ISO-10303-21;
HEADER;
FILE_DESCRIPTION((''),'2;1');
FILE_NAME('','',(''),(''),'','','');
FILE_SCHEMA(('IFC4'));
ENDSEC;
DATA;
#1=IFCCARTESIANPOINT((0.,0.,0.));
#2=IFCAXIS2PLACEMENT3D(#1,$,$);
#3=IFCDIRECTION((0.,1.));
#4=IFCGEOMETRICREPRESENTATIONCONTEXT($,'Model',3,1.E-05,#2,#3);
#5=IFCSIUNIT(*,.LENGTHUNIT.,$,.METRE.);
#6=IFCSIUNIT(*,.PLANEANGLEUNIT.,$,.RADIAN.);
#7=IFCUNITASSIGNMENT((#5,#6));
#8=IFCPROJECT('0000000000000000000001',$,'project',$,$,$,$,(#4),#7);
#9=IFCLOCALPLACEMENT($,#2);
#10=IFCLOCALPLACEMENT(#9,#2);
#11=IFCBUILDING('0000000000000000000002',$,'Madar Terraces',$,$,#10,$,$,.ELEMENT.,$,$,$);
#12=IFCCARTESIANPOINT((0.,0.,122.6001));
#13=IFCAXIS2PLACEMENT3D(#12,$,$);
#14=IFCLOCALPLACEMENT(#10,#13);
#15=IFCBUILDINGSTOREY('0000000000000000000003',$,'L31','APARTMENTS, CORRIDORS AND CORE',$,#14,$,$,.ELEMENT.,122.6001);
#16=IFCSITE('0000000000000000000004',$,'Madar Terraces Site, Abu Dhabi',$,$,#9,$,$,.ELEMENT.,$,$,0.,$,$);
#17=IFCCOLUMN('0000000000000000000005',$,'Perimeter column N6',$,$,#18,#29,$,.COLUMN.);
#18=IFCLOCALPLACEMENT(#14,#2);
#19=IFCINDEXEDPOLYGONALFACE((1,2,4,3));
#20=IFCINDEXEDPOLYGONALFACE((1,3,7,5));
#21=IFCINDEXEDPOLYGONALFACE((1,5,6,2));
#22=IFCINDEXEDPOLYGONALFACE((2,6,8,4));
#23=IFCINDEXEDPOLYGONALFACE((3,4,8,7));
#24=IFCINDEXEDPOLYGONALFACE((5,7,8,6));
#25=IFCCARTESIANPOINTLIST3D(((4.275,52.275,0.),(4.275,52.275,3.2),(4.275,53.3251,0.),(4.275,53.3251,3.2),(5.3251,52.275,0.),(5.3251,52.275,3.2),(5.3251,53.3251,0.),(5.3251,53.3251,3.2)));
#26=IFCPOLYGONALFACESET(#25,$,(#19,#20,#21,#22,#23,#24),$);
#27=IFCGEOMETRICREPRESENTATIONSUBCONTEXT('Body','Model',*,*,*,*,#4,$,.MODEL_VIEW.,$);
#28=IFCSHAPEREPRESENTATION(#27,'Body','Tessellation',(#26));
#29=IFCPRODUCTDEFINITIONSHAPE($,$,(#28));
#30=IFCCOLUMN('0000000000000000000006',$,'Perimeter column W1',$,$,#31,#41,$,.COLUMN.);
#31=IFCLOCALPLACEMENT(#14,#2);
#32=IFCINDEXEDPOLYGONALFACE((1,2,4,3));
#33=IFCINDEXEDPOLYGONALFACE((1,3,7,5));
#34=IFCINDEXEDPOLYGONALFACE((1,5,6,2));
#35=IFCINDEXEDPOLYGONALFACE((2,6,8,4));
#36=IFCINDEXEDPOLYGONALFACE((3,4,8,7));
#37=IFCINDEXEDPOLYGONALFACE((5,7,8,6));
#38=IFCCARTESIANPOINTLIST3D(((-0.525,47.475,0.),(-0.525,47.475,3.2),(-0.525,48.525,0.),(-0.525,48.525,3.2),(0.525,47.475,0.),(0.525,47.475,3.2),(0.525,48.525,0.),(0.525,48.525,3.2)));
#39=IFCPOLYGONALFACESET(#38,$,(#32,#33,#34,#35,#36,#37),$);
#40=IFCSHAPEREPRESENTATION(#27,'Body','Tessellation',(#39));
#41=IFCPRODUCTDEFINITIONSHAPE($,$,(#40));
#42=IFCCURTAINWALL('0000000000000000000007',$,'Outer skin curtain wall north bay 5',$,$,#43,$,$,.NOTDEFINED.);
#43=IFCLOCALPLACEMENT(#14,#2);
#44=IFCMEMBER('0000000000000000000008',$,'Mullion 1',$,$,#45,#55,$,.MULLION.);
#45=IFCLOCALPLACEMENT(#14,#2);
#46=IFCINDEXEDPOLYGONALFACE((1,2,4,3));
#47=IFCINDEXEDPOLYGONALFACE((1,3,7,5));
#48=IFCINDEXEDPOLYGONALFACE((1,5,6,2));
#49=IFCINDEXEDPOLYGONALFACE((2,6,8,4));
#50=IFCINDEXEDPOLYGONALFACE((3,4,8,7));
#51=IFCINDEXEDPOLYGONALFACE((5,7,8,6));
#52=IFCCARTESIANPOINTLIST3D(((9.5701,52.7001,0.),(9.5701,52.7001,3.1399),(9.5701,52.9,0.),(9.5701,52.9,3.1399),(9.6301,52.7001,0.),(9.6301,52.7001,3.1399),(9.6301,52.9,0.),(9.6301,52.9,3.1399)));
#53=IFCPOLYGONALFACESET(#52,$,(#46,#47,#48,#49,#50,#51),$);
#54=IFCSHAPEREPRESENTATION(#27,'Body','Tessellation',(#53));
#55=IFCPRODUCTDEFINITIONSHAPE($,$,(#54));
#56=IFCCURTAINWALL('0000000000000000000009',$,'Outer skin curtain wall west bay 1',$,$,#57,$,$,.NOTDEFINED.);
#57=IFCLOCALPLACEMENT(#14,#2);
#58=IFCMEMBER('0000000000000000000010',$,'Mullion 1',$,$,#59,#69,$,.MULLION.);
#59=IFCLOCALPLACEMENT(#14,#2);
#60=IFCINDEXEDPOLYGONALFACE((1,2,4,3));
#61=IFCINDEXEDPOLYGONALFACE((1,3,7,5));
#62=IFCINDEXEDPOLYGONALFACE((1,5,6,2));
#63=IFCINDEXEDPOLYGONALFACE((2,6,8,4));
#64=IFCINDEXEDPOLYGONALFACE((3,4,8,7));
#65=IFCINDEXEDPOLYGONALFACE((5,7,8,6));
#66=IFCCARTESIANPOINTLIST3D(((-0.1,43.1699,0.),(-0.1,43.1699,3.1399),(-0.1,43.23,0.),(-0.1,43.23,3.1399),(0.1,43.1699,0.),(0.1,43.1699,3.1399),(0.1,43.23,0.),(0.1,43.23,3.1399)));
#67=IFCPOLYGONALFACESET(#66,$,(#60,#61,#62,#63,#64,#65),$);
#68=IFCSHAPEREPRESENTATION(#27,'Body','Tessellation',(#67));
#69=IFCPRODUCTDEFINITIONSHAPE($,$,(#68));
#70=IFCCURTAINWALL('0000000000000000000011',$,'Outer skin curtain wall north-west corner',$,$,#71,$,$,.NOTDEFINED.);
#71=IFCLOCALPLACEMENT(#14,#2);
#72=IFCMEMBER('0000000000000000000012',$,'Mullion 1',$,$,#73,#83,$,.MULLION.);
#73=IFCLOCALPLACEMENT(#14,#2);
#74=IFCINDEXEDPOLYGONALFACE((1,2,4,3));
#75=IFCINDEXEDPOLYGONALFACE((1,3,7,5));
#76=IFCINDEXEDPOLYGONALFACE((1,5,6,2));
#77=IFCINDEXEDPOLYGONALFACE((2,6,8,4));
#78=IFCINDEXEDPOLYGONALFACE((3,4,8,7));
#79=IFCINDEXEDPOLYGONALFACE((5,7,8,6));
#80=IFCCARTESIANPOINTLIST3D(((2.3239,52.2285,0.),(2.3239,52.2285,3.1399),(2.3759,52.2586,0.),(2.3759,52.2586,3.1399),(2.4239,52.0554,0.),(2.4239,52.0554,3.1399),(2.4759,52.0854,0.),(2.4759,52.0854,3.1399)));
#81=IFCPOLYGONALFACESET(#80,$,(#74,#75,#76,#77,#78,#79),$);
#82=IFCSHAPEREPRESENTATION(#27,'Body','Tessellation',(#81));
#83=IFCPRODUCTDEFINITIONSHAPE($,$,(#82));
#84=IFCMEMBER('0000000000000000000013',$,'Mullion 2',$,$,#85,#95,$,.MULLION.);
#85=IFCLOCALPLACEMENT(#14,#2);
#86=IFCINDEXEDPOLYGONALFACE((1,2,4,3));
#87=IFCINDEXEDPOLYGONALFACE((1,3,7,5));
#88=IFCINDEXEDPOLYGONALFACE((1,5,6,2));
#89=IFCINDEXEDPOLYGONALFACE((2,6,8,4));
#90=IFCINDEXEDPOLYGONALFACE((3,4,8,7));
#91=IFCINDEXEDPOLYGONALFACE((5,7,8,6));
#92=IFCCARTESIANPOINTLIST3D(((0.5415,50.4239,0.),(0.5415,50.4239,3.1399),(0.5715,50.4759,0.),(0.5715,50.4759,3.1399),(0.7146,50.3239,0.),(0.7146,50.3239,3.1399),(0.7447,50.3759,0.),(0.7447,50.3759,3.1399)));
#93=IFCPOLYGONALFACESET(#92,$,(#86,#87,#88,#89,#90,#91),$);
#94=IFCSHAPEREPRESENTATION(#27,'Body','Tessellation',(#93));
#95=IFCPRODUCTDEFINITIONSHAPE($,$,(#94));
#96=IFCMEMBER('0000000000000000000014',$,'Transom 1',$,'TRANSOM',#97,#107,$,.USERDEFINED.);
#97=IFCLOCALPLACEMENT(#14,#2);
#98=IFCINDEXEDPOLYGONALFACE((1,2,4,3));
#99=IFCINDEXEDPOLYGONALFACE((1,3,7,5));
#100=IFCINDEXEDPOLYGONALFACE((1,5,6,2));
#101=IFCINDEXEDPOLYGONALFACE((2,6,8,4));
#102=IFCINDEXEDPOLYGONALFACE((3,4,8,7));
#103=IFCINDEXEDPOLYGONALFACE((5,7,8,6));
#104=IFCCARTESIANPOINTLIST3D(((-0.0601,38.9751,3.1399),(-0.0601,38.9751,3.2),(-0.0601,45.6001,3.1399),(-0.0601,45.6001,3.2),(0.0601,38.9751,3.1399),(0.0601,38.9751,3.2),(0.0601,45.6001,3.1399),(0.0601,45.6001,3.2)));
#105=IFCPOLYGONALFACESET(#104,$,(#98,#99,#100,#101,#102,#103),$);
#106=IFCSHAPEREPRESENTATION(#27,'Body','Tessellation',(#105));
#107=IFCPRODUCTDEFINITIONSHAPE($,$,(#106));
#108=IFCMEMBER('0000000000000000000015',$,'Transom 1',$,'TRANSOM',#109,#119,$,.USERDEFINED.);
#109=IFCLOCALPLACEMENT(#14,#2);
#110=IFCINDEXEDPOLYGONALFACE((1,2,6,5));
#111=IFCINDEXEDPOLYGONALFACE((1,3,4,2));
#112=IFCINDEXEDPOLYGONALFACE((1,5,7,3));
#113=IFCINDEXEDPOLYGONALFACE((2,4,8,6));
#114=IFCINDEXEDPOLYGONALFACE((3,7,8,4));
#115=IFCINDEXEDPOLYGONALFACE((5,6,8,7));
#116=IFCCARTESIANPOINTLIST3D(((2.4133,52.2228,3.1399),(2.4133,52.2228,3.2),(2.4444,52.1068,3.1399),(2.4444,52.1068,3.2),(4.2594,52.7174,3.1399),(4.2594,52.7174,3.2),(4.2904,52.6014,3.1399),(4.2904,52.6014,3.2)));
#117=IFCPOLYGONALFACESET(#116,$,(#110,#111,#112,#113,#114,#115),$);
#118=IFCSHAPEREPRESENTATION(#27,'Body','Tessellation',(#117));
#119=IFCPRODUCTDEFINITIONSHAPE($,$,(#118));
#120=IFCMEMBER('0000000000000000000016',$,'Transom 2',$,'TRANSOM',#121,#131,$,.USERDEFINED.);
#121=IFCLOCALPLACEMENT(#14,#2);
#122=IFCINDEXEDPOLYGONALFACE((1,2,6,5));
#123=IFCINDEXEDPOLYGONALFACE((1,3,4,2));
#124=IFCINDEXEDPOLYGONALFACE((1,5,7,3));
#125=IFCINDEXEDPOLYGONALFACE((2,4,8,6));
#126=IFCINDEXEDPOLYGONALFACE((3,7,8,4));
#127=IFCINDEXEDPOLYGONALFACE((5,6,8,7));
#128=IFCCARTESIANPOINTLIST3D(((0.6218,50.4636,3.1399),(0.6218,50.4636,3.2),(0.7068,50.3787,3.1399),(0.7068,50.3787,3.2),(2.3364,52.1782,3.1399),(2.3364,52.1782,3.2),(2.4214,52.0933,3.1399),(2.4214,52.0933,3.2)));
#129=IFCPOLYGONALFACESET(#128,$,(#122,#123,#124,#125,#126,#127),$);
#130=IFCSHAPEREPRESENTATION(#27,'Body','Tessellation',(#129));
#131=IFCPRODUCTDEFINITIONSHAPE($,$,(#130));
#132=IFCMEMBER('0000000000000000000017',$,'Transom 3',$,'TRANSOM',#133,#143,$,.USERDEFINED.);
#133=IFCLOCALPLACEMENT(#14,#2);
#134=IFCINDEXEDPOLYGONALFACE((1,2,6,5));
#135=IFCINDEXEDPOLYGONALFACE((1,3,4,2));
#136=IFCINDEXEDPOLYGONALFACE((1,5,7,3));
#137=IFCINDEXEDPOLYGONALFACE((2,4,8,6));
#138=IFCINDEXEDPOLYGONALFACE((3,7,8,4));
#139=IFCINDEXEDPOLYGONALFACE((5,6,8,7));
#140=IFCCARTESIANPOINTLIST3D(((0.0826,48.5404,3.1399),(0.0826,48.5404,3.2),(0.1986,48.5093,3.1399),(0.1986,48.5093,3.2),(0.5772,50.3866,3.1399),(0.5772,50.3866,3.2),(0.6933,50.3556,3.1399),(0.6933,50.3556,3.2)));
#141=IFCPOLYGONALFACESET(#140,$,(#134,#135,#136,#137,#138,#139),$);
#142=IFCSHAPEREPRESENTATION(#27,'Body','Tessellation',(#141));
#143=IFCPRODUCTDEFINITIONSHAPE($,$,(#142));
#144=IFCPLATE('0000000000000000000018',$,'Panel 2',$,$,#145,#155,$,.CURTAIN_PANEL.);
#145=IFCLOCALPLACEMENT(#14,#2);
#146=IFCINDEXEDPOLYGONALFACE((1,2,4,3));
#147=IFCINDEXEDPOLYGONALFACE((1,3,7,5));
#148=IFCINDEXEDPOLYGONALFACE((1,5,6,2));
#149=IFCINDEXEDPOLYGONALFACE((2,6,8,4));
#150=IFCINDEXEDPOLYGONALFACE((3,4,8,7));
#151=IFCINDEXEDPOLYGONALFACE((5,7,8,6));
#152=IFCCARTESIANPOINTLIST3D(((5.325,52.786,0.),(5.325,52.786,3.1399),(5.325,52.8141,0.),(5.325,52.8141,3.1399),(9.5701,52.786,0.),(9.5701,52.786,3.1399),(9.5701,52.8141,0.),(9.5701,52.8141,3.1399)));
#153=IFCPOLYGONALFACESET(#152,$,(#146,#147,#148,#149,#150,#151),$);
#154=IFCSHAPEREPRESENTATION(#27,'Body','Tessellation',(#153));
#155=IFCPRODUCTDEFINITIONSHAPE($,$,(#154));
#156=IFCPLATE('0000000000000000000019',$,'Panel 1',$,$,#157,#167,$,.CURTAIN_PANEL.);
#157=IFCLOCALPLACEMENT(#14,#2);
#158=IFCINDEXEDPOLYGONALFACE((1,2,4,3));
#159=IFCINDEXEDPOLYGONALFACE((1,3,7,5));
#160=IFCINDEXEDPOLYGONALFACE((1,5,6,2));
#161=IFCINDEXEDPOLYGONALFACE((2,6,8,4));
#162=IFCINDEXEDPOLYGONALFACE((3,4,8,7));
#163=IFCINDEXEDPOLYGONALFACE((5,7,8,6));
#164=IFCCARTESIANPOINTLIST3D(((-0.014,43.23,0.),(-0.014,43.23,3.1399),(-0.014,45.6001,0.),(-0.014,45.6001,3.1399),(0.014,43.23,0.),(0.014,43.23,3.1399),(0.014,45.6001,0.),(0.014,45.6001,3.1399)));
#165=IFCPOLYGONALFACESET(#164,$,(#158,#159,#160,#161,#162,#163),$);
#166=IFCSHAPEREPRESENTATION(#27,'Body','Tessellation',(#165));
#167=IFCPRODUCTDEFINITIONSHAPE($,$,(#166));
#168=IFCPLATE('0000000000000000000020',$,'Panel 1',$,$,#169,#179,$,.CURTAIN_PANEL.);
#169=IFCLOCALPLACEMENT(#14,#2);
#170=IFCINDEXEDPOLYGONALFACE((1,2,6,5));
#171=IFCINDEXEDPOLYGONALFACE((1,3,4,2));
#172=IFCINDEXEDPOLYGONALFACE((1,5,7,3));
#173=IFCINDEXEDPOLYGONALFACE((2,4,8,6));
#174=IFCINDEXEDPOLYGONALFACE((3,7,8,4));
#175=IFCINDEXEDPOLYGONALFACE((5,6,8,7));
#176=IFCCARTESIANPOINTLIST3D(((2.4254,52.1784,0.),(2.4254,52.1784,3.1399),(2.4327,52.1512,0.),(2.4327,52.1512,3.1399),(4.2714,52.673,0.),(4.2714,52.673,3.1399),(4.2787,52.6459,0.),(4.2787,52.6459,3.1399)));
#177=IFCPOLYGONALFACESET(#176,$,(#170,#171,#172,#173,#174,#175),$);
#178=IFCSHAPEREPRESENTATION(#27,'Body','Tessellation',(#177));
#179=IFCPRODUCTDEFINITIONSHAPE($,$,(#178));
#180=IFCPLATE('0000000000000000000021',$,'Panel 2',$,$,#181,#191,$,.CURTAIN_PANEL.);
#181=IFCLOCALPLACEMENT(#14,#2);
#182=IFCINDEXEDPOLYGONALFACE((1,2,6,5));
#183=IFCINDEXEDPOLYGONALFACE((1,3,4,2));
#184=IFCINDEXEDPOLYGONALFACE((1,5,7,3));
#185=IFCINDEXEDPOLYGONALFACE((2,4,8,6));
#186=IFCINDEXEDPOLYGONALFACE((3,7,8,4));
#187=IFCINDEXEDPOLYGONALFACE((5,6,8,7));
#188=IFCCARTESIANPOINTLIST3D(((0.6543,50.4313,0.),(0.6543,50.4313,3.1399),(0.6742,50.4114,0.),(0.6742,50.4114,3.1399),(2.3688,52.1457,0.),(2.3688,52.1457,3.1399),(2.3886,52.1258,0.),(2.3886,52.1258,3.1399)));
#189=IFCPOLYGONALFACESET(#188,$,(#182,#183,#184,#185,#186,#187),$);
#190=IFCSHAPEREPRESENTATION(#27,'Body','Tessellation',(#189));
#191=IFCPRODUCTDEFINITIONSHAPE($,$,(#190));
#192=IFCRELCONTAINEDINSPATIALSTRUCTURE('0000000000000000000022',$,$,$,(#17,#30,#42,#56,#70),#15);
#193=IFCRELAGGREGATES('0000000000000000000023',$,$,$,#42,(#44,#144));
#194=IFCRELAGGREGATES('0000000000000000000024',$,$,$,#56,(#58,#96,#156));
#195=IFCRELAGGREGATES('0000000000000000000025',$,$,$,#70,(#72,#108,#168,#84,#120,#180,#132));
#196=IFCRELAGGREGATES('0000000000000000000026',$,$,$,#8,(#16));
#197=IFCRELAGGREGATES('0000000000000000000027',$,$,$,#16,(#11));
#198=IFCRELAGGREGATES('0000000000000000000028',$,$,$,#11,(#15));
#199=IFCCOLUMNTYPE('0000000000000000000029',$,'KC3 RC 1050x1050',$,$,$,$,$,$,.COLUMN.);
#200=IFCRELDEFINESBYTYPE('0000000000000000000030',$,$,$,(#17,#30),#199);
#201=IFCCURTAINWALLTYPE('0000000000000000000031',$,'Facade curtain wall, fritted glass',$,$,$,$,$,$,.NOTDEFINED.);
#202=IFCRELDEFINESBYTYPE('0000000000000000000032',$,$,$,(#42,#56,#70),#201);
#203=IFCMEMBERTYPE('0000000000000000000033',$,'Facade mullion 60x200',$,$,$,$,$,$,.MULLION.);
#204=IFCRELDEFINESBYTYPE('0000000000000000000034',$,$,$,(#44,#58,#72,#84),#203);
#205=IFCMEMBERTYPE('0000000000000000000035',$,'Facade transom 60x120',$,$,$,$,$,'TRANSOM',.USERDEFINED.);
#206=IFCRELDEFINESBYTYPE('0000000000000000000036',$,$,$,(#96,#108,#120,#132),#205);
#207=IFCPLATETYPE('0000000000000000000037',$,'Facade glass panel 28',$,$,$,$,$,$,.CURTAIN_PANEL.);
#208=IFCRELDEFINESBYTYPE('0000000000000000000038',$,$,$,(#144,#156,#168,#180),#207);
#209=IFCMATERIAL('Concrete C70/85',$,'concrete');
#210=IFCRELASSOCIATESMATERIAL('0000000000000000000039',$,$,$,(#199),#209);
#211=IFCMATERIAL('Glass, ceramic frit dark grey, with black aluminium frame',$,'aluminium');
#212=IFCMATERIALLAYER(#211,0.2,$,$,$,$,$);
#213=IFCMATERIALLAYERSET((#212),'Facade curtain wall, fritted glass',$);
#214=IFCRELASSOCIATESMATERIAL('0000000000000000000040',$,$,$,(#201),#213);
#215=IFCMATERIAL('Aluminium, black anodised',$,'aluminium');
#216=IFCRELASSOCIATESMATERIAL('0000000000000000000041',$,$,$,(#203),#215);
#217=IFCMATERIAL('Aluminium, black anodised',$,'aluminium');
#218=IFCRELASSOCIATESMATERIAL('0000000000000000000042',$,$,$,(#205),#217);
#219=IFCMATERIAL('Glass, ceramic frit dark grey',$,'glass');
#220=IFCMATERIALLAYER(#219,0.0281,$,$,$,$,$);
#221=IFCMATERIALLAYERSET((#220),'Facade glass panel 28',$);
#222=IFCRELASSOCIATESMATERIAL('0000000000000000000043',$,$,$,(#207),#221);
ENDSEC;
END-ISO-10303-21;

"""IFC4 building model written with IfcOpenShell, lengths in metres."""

from ifc_helpers import new_model, si_unit, direction, frame, origin, origin_2d, place, context, subcontext, project, spatial, rectangle, extrude, material, layer, layer_set, material_profile, profile_set, type_object, element, aggregate, save


model = new_model("IFC4")

# Units and contexts
model_context = context("Model", 3, precision=1e-05, world=origin(), true_north=direction((0.0, 1.0)))
body_context = subcontext(model_context, "Body", "Model", "MODEL_VIEW")
ifc_project = project(units=[si_unit("LENGTHUNIT", "METRE"), si_unit("PLANEANGLEUNIT", "RADIAN")], contexts=[model_context])

# Site, building, storey
site_placement = place(None, origin())
site = spatial("IfcSite", under=ifc_project, at=site_placement, Name="Madar Terraces Site, Abu Dhabi", CompositionType="ELEMENT", RefElevation=0.0)
building_placement = place(site_placement, origin())
building = spatial("IfcBuilding", under=site, at=building_placement, Name="Madar Terraces", CompositionType="ELEMENT")
storey_placement = place(building_placement, frame((0.0, 0.0, 122.6001)))
storey = spatial("IfcBuildingStorey", under=building, at=storey_placement, Name="L31", Description="APARTMENTS, CORRIDORS AND CORE", CompositionType="ELEMENT", Elevation=122.6001)

# Columns
ifc_material_1 = material(Name="Concrete C70/85", Category="concrete")
ifc_material_profile_1 = material_profile(ifc_material_1, rectangle(XDim=1.05, YDim=1.05, at=origin_2d()), Name="KC3 RC 1050x1050")
ifc_profile_set_1 = profile_set([ifc_material_profile_1], Name="Concrete C70/85")
column_type = type_object("IfcColumnType", Name="KC3 RC 1050x1050", PredefinedType="COLUMN", material=ifc_profile_set_1)
for number, where, z_axis, x_axis, name in (
    (1, (4.8, 52.8, 0.0), (0.0, 0.0, 1.0), (1.0, 0.0, 0.0), "Perimeter column N6"),
    (2, (0.0, 48.0, 0.0), (0.0, 0.0, 1.0), (1.0, 0.0, 0.0), "Perimeter column W1"),
):
    element("IfcColumn", number, at=place(storey_placement, frame(where, z_axis=z_axis, x_axis=x_axis)), inside=storey, type_object=column_type, Name=name, PredefinedType="COLUMN", context=body_context, shape_type="SweptSolid", body=[
        extrude(rectangle(XDim=1.05, YDim=1.05, at=origin_2d()), origin(), (0.0, 0.0, 1.0), 3.2),
    ])

# Curtain walls, members
ifc_material_2 = material(Name="Glass, ceramic frit dark grey, with black aluminium frame", Category="aluminium")
ifc_layer_1 = layer(ifc_material_2, 0.2)
ifc_layer_set_1 = layer_set([ifc_layer_1], Name="Facade curtain wall, fritted glass")
curtain_wall_type = type_object("IfcCurtainWallType", Name="Facade curtain wall, fritted glass", PredefinedType="NOTDEFINED", material=ifc_layer_set_1)
curtain_wall_1_placement = place(storey_placement, origin())
curtain_wall_1 = element("IfcCurtainWall", 3, at=curtain_wall_1_placement, inside=storey, type_object=curtain_wall_type, Name="Outer skin curtain wall north bay 5", PredefinedType="NOTDEFINED")
ifc_material_3 = material(Name="Aluminium, black anodised", Category="aluminium")
ifc_material_profile_2 = material_profile(ifc_material_3, rectangle(XDim=0.2, YDim=0.0601, at=origin_2d()), Name="Facade mullion 60x200")
ifc_profile_set_2 = profile_set([ifc_material_profile_2], Name="Aluminium, black anodised")
member_type_1 = type_object("IfcMemberType", Name="Facade mullion 60x200", PredefinedType="MULLION", material=ifc_profile_set_2)
member_1_placement = place(storey_placement, frame((9.6001, 52.8, 0.0), z_axis=(0.0, 0.0, 1.0), x_axis=(0.0, -1.0, 0.0)))
member_1 = element("IfcMember", 4, at=member_1_placement, type_object=member_type_1, Name="Mullion 1", PredefinedType="MULLION", context=body_context, shape_type="SweptSolid", body=[
    extrude(rectangle(XDim=0.2, YDim=0.0601, at=origin_2d()), origin(), (0.0, 0.0, 1.0), 3.1399),
])
curtain_wall_2_placement = place(storey_placement, origin())
curtain_wall_2 = element("IfcCurtainWall", 5, at=curtain_wall_2_placement, inside=storey, type_object=curtain_wall_type, Name="Outer skin curtain wall west bay 1", PredefinedType="NOTDEFINED")
member_2_placement = place(storey_placement, frame((0.0, 43.2, 0.0), z_axis=(0.0, 0.0, 1.0), x_axis=(1.0, 0.0, 0.0)))
member_2 = element("IfcMember", 6, at=member_2_placement, type_object=member_type_1, Name="Mullion 1", PredefinedType="MULLION", context=body_context, shape_type="SweptSolid", body=[
    extrude(rectangle(XDim=0.2, YDim=0.0601, at=origin_2d()), origin(), (0.0, 0.0, 1.0), 3.1399),
])

# Curtain wall, members
curtain_wall_3_placement = place(storey_placement, origin())
curtain_wall_3 = element("IfcCurtainWall", 7, at=curtain_wall_3_placement, inside=storey, type_object=curtain_wall_type, Name="Outer skin curtain wall north-west corner", PredefinedType="NOTDEFINED")
member_3_placement = place(storey_placement, frame((2.3999, 52.157, 0.0), z_axis=(0.0, 0.0, 1.0), x_axis=(0.5, -0.866025, 0.0)))
member_3 = element("IfcMember", 8, at=member_3_placement, type_object=member_type_1, Name="Mullion 1", PredefinedType="MULLION", context=body_context, shape_type="SweptSolid", body=[
    extrude(rectangle(XDim=0.2, YDim=0.0601, at=origin_2d()), origin(), (0.0, 0.0, 1.0), 3.1399),
])
member_4_placement = place(storey_placement, frame((0.6431, 50.3999, 0.0), z_axis=(0.0, 0.0, 1.0), x_axis=(0.866025, -0.5, 0.0)))
member_4 = element("IfcMember", 9, at=member_4_placement, type_object=member_type_1, Name="Mullion 2", PredefinedType="MULLION", context=body_context, shape_type="SweptSolid", body=[
    extrude(rectangle(XDim=0.2, YDim=0.0601, at=origin_2d()), origin(), (0.0, 0.0, 1.0), 3.1399),
])

# Members
ifc_material_4 = material(Name="Aluminium, black anodised", Category="aluminium")
ifc_material_profile_3 = material_profile(ifc_material_4, rectangle(XDim=0.1201, YDim=0.0601, at=origin_2d()), Name="Facade transom 60x120")
ifc_profile_set_3 = profile_set([ifc_material_profile_3], Name="Aluminium, black anodised")
member_type_2 = type_object("IfcMemberType", Name="Facade transom 60x120", ElementType="TRANSOM", PredefinedType="USERDEFINED", material=ifc_profile_set_3)
member_5_placement = place(storey_placement, frame((0.0, 45.6001, 3.1699), z_axis=(0.0, -1.0, 0.0), x_axis=(1.0, 0.0, 0.0)))
member_5 = element("IfcMember", 10, at=member_5_placement, type_object=member_type_2, Name="Transom 1", ObjectType="TRANSOM", PredefinedType="USERDEFINED", context=body_context, shape_type="SweptSolid", body=[
    extrude(rectangle(XDim=0.1201, YDim=0.0601, at=origin_2d()), origin(), (0.0, 0.0, 1.0), 6.625),
])
member_6_placement = place(storey_placement, frame((4.2749, 52.6594, 3.1699), z_axis=(-0.965925, -0.258823, 0.0), x_axis=(0.258823, -0.965925, 0.0)))
member_6 = element("IfcMember", 11, at=member_6_placement, type_object=member_type_2, Name="Transom 1", ObjectType="TRANSOM", PredefinedType="USERDEFINED", context=body_context, shape_type="SweptSolid", body=[
    extrude(rectangle(XDim=0.1201, YDim=0.0601, at=origin_2d()), origin(), (0.0, 0.0, 1.0), 1.9111),
])
member_7_placement = place(storey_placement, frame((2.3789, 52.1357, 3.1699), z_axis=(-0.707107, -0.707107, 0.0), x_axis=(0.707107, -0.707107, 0.0)))
member_7 = element("IfcMember", 12, at=member_7_placement, type_object=member_type_2, Name="Transom 2", ObjectType="TRANSOM", PredefinedType="USERDEFINED", context=body_context, shape_type="SweptSolid", body=[
    extrude(rectangle(XDim=0.1201, YDim=0.0601, at=origin_2d()), origin(), (0.0, 0.0, 1.0), 2.4248),
])
member_8_placement = place(storey_placement, frame((0.6353, 50.3711, 3.1699), z_axis=(-0.258791, -0.965933, 0.0), x_axis=(0.965933, -0.258791, 0.0)))
member_8 = element("IfcMember", 13, at=member_8_placement, type_object=member_type_2, Name="Transom 3", ObjectType="TRANSOM", PredefinedType="USERDEFINED", context=body_context, shape_type="SweptSolid", body=[
    extrude(rectangle(XDim=0.1201, YDim=0.0601, at=origin_2d()), origin(), (0.0, 0.0, 1.0), 1.9114),
])

# Plates
ifc_material_5 = material(Name="Glass, ceramic frit dark grey", Category="glass")
ifc_layer_2 = layer(ifc_material_5, 0.0281)
ifc_layer_set_2 = layer_set([ifc_layer_2], Name="Facade glass panel 28")
plate_type = type_object("IfcPlateType", Name="Facade glass panel 28", PredefinedType="CURTAIN_PANEL", material=ifc_layer_set_2)
plate_1_placement = place(storey_placement, frame((7.4475, 52.8, 0.0), z_axis=(0.0, 0.0, 1.0), x_axis=(-1.0, 0.0, 0.0)))
plate_1 = element("IfcPlate", 14, at=plate_1_placement, type_object=plate_type, Name="Panel 2", PredefinedType="CURTAIN_PANEL", context=body_context, shape_type="SweptSolid", body=[
    extrude(rectangle(XDim=4.2451, YDim=0.0281, at=origin_2d()), origin(), (0.0, 0.0, 1.0), 3.1399),
])
aggregate(curtain_wall_1, [member_1, plate_1])
plate_2_placement = place(storey_placement, frame((0.0, 44.415, 0.0), z_axis=(0.0, 0.0, 1.0), x_axis=(0.0, -1.0, 0.0)))
plate_2 = element("IfcPlate", 15, at=plate_2_placement, type_object=plate_type, Name="Panel 1", PredefinedType="CURTAIN_PANEL", context=body_context, shape_type="SweptSolid", body=[
    extrude(rectangle(XDim=2.3701, YDim=0.0281, at=origin_2d()), origin(), (0.0, 0.0, 1.0), 3.1399),
])
aggregate(curtain_wall_2, [member_2, member_5, plate_2])
plate_3_placement = place(storey_placement, frame((3.3521, 52.4121, 0.0), z_axis=(0.0, 0.0, 1.0), x_axis=(-0.965926, -0.258819, 0.0)))
plate_3 = element("IfcPlate", 16, at=plate_3_placement, type_object=plate_type, Name="Panel 1", PredefinedType="CURTAIN_PANEL", context=body_context, shape_type="SweptSolid", body=[
    extrude(rectangle(XDim=1.9111, YDim=0.0281, at=origin_2d()), origin(), (0.0, 0.0, 1.0), 3.1399),
])
plate_4_placement = place(storey_placement, frame((1.5215, 51.2786, 0.0), z_axis=(0.0, 0.0, 1.0), x_axis=(-0.707107, -0.707107, 0.0)))
plate_4 = element("IfcPlate", 17, at=plate_4_placement, type_object=plate_type, Name="Panel 2", PredefinedType="CURTAIN_PANEL", context=body_context, shape_type="SweptSolid", body=[
    extrude(rectangle(XDim=2.4246, YDim=0.0281, at=origin_2d()), origin(), (0.0, 0.0, 1.0), 3.1399),
])
aggregate(curtain_wall_3, [member_3, member_6, plate_3, member_4, member_7, plate_4, member_8])

save(model, "model.ifc")
